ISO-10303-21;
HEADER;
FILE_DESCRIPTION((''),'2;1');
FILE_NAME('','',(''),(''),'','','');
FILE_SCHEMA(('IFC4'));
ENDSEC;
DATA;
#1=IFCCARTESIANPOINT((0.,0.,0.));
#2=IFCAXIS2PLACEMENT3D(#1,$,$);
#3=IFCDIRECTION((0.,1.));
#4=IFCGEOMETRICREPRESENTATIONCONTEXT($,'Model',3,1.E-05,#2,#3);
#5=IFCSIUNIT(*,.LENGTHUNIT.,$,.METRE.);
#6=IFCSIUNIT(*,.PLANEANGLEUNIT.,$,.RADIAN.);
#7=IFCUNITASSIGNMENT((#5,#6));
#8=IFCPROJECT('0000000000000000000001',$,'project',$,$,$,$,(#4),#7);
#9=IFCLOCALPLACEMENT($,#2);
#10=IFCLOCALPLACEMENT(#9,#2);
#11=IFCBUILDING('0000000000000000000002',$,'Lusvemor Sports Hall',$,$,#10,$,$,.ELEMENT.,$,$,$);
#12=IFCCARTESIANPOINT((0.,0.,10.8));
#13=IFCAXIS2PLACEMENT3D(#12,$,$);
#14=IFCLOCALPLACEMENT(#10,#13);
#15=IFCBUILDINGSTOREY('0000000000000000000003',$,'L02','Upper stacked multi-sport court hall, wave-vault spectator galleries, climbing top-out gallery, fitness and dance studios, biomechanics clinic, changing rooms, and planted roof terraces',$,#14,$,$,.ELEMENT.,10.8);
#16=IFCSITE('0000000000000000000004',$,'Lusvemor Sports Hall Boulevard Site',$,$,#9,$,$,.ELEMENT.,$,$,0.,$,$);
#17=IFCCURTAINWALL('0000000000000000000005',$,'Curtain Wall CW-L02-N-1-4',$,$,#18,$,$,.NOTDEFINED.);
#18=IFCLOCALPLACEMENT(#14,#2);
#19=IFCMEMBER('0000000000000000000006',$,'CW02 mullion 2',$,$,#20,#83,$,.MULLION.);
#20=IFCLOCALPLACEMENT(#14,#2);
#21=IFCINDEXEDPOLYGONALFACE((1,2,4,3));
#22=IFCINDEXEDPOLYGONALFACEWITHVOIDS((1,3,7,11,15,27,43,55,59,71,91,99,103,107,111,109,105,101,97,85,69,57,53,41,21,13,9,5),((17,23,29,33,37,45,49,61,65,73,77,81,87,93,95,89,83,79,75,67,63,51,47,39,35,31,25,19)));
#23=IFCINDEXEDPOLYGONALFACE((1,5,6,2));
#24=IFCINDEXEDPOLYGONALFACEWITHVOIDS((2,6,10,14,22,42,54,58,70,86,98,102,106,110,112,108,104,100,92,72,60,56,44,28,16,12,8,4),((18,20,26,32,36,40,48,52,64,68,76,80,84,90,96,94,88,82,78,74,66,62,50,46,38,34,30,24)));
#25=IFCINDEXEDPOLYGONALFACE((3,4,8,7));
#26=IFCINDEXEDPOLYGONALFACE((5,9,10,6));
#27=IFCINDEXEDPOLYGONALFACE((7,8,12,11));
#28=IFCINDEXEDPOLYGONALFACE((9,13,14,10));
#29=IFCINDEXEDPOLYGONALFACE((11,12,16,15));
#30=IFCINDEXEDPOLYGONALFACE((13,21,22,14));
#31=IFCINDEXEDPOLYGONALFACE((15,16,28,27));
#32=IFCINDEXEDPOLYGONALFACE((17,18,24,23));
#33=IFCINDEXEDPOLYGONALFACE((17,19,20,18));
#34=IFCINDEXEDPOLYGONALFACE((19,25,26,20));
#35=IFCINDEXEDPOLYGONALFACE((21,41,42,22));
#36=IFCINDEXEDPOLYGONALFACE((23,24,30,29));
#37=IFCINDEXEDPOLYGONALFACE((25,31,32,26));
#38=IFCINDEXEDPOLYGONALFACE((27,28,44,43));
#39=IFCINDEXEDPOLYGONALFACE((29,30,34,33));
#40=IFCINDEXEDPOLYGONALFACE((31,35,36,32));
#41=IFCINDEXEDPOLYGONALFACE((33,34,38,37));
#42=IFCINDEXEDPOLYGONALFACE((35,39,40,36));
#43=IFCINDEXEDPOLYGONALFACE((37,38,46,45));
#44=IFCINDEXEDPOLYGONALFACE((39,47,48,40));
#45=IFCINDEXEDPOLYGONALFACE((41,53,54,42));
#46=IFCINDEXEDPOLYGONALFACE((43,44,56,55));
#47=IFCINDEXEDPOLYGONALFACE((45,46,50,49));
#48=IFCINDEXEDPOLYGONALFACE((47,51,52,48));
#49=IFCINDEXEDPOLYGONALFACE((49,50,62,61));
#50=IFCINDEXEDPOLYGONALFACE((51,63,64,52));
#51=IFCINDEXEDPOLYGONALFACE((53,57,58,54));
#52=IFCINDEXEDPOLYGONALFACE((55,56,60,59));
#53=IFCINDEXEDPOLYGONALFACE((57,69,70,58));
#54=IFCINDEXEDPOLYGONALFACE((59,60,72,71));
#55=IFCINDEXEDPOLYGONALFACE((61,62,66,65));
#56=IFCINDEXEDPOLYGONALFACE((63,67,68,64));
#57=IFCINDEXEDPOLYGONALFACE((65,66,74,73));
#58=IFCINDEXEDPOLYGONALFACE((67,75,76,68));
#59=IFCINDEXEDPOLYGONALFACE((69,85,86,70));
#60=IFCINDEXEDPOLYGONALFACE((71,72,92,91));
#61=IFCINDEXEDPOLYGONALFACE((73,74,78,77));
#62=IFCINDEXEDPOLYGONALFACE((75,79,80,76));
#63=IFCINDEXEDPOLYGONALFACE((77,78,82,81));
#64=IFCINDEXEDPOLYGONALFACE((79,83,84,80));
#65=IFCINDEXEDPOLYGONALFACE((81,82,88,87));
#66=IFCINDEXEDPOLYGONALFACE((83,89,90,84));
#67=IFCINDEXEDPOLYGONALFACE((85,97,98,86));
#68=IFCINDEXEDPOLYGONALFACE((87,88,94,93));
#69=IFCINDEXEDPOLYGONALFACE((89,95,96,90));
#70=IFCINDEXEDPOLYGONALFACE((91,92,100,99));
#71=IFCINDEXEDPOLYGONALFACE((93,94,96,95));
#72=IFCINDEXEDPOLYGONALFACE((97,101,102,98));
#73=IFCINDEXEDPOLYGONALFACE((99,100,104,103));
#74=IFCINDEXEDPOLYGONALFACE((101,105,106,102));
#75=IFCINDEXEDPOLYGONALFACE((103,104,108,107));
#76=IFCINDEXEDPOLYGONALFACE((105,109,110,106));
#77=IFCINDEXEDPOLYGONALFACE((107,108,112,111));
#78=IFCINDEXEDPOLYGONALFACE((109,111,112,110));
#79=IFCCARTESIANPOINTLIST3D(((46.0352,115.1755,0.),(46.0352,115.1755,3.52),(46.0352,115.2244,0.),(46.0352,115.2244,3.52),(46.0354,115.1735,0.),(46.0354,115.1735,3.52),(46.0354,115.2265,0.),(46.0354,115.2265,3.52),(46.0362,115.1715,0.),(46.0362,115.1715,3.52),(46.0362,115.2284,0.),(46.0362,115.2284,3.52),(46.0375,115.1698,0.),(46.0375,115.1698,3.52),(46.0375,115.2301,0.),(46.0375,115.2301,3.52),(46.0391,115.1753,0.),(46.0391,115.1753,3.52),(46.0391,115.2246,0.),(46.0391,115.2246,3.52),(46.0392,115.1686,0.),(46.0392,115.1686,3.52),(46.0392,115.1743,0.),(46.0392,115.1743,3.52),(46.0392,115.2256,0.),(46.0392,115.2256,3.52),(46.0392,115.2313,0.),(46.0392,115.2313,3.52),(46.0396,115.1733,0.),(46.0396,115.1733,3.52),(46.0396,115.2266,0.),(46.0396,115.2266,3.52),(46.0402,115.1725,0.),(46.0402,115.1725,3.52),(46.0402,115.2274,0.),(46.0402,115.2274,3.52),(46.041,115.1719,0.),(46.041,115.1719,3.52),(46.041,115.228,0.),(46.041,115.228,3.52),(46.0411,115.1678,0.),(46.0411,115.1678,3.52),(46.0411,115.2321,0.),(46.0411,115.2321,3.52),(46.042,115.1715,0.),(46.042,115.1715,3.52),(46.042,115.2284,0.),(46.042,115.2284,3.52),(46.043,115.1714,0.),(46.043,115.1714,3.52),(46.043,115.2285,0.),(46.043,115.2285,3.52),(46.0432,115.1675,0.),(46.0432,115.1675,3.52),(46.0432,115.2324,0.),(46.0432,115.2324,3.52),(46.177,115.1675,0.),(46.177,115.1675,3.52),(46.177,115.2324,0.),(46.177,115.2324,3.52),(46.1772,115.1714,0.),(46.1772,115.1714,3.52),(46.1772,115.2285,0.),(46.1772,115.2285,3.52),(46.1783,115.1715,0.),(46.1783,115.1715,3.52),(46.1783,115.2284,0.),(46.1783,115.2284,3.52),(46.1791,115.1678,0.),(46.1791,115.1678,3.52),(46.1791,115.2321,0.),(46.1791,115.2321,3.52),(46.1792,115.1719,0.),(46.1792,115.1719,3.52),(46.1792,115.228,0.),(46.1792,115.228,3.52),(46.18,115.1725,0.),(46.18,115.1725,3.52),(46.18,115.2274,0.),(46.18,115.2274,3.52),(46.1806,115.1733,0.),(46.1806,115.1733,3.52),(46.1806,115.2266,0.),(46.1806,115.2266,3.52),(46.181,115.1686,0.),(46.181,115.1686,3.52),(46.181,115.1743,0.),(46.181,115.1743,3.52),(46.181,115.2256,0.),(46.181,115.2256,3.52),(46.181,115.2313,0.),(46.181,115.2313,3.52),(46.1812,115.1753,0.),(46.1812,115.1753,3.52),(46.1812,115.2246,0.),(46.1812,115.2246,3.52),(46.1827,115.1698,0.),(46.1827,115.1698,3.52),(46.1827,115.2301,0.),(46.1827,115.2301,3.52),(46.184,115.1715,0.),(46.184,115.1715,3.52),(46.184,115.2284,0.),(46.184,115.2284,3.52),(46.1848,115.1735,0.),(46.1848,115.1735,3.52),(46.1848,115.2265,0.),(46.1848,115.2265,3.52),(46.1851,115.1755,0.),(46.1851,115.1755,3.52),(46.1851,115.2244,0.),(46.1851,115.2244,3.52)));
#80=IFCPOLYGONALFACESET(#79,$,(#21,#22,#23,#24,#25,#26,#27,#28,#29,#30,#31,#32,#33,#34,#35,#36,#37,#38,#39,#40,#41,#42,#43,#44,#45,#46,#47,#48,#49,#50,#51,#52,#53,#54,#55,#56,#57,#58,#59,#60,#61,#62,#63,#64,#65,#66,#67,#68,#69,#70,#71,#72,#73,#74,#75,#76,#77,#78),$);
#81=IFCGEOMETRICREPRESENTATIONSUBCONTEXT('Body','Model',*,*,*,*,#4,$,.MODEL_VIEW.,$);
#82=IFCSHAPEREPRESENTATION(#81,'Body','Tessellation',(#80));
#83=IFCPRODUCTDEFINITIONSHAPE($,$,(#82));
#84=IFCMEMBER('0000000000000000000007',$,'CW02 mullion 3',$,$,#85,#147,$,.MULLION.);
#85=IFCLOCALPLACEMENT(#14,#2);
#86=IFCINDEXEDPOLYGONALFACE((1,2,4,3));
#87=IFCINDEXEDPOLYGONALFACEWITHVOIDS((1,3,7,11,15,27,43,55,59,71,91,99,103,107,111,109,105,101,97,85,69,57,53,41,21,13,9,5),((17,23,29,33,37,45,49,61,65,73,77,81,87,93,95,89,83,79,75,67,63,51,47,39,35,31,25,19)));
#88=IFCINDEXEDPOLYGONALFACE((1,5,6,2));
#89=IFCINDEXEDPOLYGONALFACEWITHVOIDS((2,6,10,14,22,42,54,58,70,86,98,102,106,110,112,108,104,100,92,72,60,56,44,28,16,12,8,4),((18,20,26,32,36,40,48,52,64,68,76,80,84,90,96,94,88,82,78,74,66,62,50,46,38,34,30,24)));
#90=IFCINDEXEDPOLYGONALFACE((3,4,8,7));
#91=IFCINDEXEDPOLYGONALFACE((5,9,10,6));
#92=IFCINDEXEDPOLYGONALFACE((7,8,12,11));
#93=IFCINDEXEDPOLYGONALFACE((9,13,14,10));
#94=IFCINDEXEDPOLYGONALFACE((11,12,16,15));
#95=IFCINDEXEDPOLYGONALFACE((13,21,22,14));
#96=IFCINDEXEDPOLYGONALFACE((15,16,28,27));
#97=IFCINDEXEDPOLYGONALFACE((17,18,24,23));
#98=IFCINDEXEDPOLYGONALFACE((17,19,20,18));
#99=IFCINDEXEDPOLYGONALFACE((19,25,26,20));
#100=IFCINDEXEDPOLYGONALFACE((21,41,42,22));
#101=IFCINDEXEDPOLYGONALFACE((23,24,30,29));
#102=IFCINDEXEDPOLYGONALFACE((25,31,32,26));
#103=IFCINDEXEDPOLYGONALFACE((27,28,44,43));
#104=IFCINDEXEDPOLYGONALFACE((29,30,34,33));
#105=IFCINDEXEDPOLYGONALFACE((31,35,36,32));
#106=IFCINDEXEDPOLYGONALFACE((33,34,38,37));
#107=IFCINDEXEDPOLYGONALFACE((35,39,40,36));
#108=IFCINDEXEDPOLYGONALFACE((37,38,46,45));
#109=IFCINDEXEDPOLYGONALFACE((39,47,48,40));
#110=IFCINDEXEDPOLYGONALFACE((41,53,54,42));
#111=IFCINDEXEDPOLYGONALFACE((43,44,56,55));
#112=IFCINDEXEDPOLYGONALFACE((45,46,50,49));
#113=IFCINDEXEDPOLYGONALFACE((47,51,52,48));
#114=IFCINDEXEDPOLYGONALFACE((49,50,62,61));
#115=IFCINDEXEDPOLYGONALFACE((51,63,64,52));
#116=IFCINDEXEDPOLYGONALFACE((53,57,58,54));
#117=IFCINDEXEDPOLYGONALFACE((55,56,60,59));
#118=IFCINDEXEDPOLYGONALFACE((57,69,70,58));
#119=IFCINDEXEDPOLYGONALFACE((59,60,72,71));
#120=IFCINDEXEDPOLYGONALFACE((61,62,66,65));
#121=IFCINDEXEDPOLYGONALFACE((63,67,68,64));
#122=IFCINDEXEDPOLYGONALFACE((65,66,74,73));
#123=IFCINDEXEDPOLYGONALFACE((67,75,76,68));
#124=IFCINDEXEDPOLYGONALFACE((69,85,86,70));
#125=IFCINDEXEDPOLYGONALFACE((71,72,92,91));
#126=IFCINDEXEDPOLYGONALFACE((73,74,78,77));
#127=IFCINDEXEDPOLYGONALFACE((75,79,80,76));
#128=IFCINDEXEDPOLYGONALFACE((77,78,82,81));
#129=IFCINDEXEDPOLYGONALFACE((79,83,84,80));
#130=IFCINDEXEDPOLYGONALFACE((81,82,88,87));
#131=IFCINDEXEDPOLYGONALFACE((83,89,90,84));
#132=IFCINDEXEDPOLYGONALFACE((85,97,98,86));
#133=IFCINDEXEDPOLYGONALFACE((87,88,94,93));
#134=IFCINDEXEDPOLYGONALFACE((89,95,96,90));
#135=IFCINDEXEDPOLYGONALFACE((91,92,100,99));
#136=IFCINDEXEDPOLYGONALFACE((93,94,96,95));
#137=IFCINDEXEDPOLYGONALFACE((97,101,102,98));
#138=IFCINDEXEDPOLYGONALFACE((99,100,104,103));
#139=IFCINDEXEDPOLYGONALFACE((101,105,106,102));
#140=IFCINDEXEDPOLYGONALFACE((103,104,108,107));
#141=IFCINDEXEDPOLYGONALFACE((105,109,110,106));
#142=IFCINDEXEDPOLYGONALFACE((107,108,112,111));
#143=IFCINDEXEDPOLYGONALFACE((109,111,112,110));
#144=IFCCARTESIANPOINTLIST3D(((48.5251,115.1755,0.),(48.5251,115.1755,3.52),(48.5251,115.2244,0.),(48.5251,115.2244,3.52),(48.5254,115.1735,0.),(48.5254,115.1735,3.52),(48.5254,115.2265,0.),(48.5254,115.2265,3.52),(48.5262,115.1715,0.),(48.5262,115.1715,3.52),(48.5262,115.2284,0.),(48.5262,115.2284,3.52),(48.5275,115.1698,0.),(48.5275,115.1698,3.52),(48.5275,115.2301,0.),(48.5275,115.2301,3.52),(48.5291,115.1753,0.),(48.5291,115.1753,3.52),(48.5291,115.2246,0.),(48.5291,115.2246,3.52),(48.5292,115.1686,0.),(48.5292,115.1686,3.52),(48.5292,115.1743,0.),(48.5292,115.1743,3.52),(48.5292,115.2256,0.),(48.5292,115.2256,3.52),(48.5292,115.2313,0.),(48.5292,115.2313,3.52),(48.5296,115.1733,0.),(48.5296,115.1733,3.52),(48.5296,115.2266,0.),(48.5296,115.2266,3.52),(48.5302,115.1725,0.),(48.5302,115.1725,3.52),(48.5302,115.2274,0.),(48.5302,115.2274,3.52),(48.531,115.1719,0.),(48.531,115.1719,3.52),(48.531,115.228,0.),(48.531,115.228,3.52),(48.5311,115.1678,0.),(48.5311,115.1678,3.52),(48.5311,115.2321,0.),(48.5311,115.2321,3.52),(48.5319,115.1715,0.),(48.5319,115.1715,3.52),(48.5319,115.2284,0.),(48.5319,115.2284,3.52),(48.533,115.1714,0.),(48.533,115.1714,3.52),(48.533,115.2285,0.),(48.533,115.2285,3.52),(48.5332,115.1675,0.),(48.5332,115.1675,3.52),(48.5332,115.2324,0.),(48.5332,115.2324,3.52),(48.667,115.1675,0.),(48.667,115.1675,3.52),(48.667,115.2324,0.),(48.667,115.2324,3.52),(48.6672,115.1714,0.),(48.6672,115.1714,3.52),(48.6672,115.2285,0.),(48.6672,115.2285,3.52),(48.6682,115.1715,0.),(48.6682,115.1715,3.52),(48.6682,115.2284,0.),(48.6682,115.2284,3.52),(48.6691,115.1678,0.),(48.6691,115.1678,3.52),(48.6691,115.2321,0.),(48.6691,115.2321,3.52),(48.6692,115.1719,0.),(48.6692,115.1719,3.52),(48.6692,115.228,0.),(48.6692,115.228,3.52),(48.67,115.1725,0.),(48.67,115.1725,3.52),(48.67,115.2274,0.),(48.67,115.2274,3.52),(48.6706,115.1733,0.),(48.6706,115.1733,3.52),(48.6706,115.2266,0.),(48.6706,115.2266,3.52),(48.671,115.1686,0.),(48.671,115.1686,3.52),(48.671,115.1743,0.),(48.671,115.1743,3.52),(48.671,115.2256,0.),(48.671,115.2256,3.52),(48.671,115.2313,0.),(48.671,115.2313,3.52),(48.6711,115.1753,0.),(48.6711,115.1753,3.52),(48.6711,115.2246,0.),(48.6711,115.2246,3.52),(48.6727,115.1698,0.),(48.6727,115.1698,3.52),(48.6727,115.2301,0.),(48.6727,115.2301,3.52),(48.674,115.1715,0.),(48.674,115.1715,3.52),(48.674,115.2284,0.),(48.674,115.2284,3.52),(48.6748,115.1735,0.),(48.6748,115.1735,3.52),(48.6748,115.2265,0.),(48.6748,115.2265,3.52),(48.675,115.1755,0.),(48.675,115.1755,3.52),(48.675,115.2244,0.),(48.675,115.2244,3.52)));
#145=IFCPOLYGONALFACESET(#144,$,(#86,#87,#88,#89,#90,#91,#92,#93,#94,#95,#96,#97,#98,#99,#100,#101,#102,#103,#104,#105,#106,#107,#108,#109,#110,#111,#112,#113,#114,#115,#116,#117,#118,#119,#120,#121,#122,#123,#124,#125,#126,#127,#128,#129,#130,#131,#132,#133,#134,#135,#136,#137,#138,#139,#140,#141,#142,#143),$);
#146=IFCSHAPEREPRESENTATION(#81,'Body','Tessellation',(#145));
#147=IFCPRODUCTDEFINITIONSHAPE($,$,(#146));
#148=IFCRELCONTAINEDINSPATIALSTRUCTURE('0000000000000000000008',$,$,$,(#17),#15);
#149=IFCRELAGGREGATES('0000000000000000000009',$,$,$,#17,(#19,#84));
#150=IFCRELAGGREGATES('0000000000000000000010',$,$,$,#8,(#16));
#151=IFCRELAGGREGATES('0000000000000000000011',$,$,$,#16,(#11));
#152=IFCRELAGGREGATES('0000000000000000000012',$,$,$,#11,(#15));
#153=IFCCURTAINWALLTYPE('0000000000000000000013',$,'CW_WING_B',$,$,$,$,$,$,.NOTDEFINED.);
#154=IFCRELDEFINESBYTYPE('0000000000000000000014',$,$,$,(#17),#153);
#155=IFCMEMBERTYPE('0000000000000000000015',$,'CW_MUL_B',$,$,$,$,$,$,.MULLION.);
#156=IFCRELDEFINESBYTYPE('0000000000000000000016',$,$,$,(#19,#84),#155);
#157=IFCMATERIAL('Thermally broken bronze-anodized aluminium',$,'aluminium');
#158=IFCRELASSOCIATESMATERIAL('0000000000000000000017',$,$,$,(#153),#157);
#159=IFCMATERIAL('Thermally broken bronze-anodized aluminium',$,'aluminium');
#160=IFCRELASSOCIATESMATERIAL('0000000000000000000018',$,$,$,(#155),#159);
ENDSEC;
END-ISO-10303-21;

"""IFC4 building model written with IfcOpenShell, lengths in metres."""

from ifc_helpers import new_model, si_unit, direction, frame, origin, origin_2d, place, context, subcontext, project, spatial, hollow_rectangle, extrude, material, material_profile, profile_set, type_object, element, aggregate, save


model = new_model("IFC4")

# Units and contexts
model_context = context("Model", 3, precision=1e-05, world=origin(), true_north=direction((0.0, 1.0)))
body_context = subcontext(model_context, "Body", "Model", "MODEL_VIEW")
ifc_project = project(units=[si_unit("LENGTHUNIT", "METRE"), si_unit("PLANEANGLEUNIT", "RADIAN")], contexts=[model_context])

# Site, building, storey
site_placement = place(None, origin())
site = spatial("IfcSite", under=ifc_project, at=site_placement, Name="Lusvemor Sports Hall Boulevard Site", CompositionType="ELEMENT", RefElevation=0.0)
building_placement = place(site_placement, origin())
building = spatial("IfcBuilding", under=site, at=building_placement, Name="Lusvemor Sports Hall", CompositionType="ELEMENT")
storey_placement = place(building_placement, frame((0.0, 0.0, 10.8)))
storey = spatial("IfcBuildingStorey", under=building, at=storey_placement, Name="L02", Description="Upper stacked multi-sport court hall, wave-vault spectator galleries, climbing top-out gallery, fitness and dance studios, biomechanics clinic, changing rooms, and planted roof terraces", CompositionType="ELEMENT", Elevation=10.8)

# Curtain wall, members
ifc_material_1 = material(Name="Thermally broken bronze-anodized aluminium", Category="aluminium")
curtain_wall_type = type_object("IfcCurtainWallType", Name="CW_WING_B", PredefinedType="NOTDEFINED", material=ifc_material_1)
curtain_wall_placement = place(storey_placement, origin())
curtain_wall = element("IfcCurtainWall", 1, at=curtain_wall_placement, inside=storey, type_object=curtain_wall_type, Name="Curtain Wall CW-L02-N-1-4", PredefinedType="NOTDEFINED")
ifc_material_2 = material(Name="Thermally broken bronze-anodized aluminium", Category="aluminium")
ifc_material_profile_1 = material_profile(ifc_material_2, hollow_rectangle(XDim=0.0649, YDim=0.1499, WallThickness=0.0039, InnerFilletRadius=0.0039, OuterFilletRadius=0.0081, at=origin_2d()), Name="CWMUL150x65x4")
ifc_profile_set_1 = profile_set([ifc_material_profile_1], Name="Thermally broken bronze-anodized aluminium")
member_type_1 = type_object("IfcMemberType", Name="CW_MUL_B", PredefinedType="MULLION", material=ifc_profile_set_1)
member_1_placement = place(storey_placement, frame((46.1101, 115.2, 0.0), z_axis=(0.0, 0.0, 1.0), x_axis=(0.0, 1.0, 0.0)))
member_1 = element("IfcMember", 2, at=member_1_placement, type_object=member_type_1, Name="CW02 mullion 2", PredefinedType="MULLION", context=body_context, shape_type="SweptSolid", body=[
    extrude(hollow_rectangle(XDim=0.0649, YDim=0.1499, WallThickness=0.0039, InnerFilletRadius=0.0039, OuterFilletRadius=0.0081, at=origin_2d()), origin(), (0.0, 0.0, 1.0), 3.52),
])
member_2_placement = place(storey_placement, frame((48.6001, 115.2, 0.0), z_axis=(0.0, 0.0, 1.0), x_axis=(0.0, 1.0, 0.0)))
member_2 = element("IfcMember", 3, at=member_2_placement, type_object=member_type_1, Name="CW02 mullion 3", PredefinedType="MULLION", context=body_context, shape_type="SweptSolid", body=[
    extrude(hollow_rectangle(XDim=0.0649, YDim=0.1499, WallThickness=0.0039, InnerFilletRadius=0.0039, OuterFilletRadius=0.0081, at=origin_2d()), origin(), (0.0, 0.0, 1.0), 3.52),
])

aggregate(curtain_wall, [member_1, member_2])

save(model, "model.ifc")
